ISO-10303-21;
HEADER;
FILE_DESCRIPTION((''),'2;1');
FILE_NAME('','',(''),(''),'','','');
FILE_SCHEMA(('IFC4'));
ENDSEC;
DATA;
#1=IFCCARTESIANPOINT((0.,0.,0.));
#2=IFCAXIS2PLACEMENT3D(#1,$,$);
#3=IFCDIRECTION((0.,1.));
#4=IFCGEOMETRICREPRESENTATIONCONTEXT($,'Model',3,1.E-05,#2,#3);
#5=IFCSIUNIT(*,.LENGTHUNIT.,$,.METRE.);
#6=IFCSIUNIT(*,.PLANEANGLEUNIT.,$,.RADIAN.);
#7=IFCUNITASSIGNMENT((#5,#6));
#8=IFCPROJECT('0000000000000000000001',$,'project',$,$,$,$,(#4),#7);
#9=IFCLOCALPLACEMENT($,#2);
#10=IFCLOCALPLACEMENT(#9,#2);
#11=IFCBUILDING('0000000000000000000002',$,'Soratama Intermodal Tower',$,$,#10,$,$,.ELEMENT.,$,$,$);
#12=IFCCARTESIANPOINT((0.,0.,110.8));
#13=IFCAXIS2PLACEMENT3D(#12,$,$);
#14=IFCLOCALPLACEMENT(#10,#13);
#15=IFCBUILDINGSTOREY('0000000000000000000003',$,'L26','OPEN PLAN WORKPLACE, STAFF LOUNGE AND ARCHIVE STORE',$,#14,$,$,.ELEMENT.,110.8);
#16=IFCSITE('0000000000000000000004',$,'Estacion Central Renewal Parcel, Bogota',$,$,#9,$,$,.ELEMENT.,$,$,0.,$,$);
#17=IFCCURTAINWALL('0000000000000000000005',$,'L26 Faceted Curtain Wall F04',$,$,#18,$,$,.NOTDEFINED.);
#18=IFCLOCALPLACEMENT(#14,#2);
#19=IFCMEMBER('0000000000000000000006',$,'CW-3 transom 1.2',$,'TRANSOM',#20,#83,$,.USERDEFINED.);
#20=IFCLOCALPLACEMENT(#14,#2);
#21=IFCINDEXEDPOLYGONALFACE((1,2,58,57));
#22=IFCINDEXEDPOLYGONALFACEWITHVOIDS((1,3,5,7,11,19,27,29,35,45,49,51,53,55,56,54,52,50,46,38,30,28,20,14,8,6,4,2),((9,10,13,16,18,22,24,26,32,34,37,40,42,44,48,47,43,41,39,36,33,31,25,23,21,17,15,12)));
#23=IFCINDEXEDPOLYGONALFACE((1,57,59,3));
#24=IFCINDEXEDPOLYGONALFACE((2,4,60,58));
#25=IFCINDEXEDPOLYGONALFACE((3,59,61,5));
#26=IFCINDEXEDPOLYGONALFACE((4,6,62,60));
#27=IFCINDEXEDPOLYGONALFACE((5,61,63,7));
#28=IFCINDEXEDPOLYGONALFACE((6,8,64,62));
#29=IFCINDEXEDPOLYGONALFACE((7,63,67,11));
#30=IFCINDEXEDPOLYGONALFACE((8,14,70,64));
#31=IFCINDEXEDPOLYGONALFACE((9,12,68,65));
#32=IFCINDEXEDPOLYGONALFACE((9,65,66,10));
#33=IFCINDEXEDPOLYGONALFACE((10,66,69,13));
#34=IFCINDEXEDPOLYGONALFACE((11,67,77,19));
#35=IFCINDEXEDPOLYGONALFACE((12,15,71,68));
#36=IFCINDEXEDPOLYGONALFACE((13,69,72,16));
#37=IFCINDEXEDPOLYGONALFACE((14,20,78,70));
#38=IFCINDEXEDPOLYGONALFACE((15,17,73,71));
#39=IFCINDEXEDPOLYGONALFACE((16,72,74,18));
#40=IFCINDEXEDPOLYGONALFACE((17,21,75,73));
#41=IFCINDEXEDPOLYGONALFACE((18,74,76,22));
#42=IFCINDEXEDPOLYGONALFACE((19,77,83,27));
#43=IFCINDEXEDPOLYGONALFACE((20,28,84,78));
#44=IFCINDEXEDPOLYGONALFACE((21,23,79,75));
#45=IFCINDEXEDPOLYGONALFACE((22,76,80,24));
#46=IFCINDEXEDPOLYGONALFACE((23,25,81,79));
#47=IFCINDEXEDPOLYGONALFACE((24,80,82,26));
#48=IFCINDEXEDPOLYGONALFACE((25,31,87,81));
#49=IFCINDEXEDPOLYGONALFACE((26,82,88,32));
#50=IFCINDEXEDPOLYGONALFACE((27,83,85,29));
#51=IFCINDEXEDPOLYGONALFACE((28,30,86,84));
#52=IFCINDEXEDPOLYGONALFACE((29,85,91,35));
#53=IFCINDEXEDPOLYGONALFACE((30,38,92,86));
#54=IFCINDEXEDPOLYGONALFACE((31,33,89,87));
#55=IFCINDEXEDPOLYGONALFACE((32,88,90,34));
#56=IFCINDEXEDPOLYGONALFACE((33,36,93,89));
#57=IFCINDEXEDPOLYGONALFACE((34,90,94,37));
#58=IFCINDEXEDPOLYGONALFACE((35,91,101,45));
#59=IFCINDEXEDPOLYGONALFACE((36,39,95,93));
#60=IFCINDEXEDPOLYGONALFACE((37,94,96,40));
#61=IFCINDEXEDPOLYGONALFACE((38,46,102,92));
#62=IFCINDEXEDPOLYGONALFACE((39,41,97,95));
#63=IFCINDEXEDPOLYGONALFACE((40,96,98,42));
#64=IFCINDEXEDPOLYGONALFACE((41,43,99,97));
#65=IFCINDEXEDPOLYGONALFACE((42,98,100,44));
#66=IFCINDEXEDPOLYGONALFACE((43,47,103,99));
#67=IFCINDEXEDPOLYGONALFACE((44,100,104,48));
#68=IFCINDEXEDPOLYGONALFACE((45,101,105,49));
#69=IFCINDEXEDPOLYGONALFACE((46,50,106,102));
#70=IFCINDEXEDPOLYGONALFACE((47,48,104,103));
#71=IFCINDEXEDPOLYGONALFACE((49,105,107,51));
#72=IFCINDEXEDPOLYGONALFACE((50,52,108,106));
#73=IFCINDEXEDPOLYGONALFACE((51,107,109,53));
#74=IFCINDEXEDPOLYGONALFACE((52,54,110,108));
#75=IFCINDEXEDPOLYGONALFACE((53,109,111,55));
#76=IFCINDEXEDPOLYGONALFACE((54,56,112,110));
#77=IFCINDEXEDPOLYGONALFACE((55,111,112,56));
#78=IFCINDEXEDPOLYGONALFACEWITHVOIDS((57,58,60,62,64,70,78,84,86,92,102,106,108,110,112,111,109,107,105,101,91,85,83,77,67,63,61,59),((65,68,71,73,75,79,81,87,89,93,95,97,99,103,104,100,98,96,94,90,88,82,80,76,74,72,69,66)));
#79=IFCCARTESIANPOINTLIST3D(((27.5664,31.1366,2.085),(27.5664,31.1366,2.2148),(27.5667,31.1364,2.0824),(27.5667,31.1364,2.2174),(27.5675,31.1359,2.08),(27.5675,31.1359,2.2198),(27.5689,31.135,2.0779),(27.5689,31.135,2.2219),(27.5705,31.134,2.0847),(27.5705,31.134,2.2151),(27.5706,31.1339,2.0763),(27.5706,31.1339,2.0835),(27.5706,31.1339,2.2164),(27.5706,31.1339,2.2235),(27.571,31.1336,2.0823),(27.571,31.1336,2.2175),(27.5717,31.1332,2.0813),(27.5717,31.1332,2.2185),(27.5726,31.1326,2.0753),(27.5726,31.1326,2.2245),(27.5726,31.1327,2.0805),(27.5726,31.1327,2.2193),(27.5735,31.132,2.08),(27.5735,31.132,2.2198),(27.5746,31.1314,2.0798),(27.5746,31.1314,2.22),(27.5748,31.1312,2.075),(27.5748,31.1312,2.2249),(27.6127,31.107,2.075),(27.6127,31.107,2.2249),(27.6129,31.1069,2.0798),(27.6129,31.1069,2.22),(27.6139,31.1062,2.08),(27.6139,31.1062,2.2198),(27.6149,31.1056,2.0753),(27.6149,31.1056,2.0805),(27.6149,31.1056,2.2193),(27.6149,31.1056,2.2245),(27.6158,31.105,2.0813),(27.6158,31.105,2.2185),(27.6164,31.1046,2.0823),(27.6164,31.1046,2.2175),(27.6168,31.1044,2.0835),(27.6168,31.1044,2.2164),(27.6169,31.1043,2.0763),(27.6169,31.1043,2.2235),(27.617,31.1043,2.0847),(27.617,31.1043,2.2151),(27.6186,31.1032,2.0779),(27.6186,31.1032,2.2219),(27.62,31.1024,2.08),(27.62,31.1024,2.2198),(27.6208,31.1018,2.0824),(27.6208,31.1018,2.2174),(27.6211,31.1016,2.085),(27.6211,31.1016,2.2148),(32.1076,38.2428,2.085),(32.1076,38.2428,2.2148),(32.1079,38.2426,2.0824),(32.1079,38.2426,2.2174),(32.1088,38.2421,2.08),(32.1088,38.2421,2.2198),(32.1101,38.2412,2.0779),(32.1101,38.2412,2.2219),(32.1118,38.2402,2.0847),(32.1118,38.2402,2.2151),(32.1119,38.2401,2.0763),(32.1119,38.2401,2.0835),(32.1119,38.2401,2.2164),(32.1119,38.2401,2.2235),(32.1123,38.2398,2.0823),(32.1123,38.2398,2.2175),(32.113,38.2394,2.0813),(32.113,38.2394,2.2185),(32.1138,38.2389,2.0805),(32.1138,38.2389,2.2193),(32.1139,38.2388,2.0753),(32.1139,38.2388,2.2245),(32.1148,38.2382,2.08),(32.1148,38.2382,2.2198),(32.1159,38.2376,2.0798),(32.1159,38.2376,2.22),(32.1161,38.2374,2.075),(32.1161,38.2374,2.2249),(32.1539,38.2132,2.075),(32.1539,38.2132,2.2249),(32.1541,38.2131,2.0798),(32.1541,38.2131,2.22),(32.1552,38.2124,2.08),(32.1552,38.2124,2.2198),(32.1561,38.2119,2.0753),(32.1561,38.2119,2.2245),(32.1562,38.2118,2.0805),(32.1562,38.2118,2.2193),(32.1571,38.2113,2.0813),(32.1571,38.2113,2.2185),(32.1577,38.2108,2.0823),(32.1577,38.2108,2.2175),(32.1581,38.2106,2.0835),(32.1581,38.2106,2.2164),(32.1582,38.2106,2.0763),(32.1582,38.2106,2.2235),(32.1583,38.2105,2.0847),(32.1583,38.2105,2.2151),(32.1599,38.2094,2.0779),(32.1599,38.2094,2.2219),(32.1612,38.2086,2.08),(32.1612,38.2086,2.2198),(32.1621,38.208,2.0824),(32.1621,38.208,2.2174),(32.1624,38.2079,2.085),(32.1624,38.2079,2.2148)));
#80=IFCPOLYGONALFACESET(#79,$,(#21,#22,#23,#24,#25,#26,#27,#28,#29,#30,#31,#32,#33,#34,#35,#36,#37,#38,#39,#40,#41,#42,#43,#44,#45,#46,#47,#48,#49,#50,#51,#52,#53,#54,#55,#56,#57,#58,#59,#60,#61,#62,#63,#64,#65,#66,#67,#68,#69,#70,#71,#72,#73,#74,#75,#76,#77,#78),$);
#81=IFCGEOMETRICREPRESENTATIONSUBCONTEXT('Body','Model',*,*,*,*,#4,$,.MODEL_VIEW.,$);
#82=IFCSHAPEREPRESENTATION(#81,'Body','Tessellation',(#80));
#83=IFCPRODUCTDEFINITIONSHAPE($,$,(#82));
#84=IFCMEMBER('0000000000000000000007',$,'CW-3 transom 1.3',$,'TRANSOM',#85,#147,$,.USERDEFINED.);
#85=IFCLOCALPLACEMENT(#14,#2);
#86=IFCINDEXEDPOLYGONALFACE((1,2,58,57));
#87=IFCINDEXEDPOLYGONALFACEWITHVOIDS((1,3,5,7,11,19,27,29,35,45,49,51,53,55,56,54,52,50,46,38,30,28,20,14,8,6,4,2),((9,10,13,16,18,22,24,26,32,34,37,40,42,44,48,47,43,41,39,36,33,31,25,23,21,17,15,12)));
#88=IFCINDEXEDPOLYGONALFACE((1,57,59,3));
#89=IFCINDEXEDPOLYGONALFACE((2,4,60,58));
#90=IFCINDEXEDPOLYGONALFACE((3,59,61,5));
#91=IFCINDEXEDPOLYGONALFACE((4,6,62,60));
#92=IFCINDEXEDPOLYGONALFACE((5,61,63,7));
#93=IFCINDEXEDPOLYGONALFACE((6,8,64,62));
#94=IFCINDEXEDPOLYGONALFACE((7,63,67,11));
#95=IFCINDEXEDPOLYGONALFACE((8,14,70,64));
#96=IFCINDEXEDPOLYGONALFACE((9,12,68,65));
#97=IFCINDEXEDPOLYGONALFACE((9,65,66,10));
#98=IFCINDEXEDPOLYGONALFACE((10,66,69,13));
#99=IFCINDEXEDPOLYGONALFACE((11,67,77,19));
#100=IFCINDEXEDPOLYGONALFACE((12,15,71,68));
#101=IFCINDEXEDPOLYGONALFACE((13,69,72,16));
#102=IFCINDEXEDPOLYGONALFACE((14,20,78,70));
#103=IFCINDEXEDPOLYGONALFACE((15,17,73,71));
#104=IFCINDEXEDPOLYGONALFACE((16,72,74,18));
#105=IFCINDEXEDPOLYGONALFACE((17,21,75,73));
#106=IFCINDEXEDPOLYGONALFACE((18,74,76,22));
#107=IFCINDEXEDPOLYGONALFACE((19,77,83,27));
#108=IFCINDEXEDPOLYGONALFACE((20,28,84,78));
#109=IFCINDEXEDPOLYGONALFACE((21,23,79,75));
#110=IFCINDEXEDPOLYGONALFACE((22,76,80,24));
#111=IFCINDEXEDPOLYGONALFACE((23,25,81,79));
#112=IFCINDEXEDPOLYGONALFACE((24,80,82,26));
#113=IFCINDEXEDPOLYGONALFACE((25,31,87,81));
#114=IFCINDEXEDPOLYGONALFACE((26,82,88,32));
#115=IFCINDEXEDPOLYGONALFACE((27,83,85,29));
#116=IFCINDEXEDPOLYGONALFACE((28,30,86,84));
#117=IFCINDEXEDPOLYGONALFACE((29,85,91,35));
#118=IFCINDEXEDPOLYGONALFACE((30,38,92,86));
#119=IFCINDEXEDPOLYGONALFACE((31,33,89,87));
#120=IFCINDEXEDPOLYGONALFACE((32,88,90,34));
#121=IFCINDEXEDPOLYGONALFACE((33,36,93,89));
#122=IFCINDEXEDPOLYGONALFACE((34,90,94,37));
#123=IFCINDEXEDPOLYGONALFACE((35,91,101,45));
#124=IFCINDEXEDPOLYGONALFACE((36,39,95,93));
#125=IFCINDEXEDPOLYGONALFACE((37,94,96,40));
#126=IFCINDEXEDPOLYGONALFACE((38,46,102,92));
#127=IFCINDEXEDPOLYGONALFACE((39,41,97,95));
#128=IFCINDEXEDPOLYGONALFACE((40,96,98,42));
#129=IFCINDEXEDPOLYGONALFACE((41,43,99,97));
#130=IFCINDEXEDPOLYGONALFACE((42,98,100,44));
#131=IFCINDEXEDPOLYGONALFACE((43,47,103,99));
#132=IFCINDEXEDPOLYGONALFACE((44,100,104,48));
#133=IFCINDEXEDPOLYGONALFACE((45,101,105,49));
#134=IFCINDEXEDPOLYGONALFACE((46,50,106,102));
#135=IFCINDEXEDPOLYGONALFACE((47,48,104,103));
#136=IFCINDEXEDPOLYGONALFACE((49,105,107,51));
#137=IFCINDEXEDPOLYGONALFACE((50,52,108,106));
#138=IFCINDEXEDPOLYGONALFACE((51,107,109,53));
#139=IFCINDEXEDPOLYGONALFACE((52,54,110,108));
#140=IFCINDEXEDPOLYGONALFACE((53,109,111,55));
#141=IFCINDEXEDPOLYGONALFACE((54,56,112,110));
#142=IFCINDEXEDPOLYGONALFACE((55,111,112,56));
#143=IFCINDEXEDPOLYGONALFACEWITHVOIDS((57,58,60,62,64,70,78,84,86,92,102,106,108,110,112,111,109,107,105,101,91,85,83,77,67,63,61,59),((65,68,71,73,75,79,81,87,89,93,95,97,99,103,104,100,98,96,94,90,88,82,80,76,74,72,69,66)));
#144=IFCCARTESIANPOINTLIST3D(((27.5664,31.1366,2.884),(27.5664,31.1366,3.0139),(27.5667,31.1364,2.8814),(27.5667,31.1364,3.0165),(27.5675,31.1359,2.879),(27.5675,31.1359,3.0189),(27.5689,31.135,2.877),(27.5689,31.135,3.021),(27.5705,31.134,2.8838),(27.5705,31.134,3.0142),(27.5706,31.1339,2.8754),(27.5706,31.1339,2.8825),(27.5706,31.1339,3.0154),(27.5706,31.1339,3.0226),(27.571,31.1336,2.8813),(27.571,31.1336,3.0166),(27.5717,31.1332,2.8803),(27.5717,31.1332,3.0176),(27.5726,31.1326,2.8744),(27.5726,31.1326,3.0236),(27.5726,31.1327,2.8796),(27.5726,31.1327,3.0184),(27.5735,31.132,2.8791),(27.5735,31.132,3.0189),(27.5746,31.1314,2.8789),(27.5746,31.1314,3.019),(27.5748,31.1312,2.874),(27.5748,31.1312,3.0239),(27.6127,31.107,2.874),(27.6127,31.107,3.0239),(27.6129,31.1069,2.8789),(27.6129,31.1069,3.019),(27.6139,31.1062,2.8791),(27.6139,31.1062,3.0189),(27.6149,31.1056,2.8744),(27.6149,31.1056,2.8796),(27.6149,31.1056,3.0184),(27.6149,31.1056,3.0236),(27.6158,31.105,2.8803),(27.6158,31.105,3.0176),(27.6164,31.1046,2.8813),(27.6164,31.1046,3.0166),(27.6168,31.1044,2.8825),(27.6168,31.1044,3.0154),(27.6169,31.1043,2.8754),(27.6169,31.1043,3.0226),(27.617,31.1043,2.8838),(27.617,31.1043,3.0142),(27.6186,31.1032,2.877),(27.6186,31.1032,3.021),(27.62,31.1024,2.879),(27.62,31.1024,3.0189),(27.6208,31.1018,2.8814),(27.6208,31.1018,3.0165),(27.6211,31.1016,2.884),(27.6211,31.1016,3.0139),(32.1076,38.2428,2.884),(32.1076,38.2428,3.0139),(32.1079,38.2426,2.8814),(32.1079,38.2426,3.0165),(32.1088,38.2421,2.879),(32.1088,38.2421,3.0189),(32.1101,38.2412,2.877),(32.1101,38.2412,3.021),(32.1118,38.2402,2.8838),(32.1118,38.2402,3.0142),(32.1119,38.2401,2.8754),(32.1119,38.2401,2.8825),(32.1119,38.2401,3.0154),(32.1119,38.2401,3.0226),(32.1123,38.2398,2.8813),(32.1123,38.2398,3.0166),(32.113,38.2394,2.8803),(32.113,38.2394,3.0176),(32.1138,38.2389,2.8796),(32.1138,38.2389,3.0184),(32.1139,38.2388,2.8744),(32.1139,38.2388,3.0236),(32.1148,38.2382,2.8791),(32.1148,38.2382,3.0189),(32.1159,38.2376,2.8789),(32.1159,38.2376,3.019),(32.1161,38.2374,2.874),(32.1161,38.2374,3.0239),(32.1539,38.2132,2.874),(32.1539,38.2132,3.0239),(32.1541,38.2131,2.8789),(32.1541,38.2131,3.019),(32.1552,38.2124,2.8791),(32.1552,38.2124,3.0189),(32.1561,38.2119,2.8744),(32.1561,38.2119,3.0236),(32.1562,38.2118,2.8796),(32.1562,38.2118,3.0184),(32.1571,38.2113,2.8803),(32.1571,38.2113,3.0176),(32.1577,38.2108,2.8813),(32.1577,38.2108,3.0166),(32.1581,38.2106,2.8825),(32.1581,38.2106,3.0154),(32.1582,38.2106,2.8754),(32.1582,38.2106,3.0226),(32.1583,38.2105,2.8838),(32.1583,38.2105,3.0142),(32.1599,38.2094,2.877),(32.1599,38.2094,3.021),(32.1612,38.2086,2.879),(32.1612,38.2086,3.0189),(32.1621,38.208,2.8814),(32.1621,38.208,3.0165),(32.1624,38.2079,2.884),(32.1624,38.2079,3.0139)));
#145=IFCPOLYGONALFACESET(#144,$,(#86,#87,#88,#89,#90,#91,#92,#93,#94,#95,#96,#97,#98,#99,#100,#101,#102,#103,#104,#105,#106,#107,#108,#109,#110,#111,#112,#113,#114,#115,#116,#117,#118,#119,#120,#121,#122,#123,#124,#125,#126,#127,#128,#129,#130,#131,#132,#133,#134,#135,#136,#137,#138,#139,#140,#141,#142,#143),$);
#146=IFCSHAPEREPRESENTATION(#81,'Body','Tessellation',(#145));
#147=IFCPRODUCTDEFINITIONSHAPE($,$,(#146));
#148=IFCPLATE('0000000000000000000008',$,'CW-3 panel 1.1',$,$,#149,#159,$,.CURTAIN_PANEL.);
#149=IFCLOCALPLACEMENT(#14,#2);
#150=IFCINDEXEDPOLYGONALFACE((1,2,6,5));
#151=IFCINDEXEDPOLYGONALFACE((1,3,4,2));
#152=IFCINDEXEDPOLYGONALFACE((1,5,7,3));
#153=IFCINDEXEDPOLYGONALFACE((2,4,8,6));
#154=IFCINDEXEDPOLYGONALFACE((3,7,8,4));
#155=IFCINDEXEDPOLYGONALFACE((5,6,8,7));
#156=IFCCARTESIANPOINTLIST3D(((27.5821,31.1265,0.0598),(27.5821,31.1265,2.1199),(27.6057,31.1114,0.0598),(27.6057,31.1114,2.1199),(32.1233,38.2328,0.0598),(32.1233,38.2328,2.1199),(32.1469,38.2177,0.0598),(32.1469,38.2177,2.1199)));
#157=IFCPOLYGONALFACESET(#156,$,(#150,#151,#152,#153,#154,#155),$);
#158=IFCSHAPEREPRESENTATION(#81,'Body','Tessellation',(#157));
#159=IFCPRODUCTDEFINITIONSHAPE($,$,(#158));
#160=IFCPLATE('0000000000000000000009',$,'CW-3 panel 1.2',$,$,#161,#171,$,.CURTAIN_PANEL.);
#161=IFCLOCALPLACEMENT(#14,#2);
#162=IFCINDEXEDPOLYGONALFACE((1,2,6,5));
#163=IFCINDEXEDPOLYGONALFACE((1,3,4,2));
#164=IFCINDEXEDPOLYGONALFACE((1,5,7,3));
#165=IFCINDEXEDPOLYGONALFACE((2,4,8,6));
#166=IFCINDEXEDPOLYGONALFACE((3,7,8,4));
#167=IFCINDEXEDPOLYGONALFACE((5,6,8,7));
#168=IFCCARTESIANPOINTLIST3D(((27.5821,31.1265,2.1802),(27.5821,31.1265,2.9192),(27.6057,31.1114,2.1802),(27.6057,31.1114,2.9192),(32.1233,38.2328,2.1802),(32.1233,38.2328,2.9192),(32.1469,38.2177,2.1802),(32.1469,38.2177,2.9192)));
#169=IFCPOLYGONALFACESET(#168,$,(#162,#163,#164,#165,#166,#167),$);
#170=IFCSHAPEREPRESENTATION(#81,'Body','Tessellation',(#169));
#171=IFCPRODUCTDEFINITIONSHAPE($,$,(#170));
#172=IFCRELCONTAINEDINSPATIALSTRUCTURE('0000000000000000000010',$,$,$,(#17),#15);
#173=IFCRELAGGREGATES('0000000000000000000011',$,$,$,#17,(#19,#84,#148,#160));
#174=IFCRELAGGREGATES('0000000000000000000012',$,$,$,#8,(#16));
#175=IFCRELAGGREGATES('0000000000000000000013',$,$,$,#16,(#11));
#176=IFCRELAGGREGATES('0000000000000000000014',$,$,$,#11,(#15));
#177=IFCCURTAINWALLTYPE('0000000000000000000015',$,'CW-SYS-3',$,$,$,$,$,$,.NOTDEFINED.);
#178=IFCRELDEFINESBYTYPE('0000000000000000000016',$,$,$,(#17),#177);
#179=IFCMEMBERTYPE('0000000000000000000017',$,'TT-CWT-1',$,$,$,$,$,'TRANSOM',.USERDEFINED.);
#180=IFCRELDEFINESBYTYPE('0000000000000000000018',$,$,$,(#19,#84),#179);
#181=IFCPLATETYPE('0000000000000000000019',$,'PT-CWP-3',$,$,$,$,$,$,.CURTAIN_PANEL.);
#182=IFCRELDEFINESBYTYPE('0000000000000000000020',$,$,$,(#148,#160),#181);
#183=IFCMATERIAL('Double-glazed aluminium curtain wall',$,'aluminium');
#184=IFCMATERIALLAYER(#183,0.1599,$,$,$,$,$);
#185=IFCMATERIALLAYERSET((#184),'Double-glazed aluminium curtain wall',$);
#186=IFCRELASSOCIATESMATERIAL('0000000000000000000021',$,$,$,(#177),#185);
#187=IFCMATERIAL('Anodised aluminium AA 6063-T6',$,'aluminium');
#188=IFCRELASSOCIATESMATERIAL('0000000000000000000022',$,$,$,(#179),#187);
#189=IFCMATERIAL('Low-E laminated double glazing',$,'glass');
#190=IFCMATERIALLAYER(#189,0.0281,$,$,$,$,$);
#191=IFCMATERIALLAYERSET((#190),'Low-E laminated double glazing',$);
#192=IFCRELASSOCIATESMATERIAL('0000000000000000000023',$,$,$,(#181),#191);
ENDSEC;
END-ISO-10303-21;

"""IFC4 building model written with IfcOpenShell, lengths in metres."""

from ifc_helpers import new_model, si_unit, direction, frame, origin, origin_2d, place, context, subcontext, project, spatial, rectangle, hollow_rectangle, extrude, material, layer, layer_set, material_profile, profile_set, type_object, element, aggregate, save


model = new_model("IFC4")

# Units and contexts
model_context = context("Model", 3, precision=1e-05, world=origin(), true_north=direction((0.0, 1.0)))
body_context = subcontext(model_context, "Body", "Model", "MODEL_VIEW")
ifc_project = project(units=[si_unit("LENGTHUNIT", "METRE"), si_unit("PLANEANGLEUNIT", "RADIAN")], contexts=[model_context])

# Site, building, storey
site_placement = place(None, origin())
site = spatial("IfcSite", under=ifc_project, at=site_placement, Name="Estacion Central Renewal Parcel, Bogota", CompositionType="ELEMENT", RefElevation=0.0)
building_placement = place(site_placement, origin())
building = spatial("IfcBuilding", under=site, at=building_placement, Name="Soratama Intermodal Tower", CompositionType="ELEMENT")
storey_placement = place(building_placement, frame((0.0, 0.0, 110.8)))
storey = spatial("IfcBuildingStorey", under=building, at=storey_placement, Name="L26", Description="OPEN PLAN WORKPLACE, STAFF LOUNGE AND ARCHIVE STORE", CompositionType="ELEMENT", Elevation=110.8)

# Curtain wall, members, plates
ifc_material_1 = material(Name="Double-glazed aluminium curtain wall", Category="aluminium")
ifc_layer_1 = layer(ifc_material_1, 0.1599)
ifc_layer_set_1 = layer_set([ifc_layer_1], Name="Double-glazed aluminium curtain wall")
curtain_wall_type = type_object("IfcCurtainWallType", Name="CW-SYS-3", PredefinedType="NOTDEFINED", material=ifc_layer_set_1)
curtain_wall_placement = place(storey_placement, origin())
curtain_wall = element("IfcCurtainWall", 1, at=curtain_wall_placement, inside=storey, type_object=curtain_wall_type, Name="L26 Faceted Curtain Wall F04", PredefinedType="NOTDEFINED")
ifc_material_2 = material(Name="Anodised aluminium AA 6063-T6", Category="aluminium")
ifc_material_profile_1 = material_profile(ifc_material_2, hollow_rectangle(XDim=0.0649, YDim=0.1499, WallThickness=0.0049, InnerFilletRadius=0.0049, OuterFilletRadius=0.01, at=origin_2d()), Name="CWT150X65X5")
ifc_profile_set_1 = profile_set([ifc_material_profile_1], Name="Anodised aluminium AA 6063-T6")
member_type_1 = type_object("IfcMemberType", Name="TT-CWT-1", ElementType="TRANSOM", PredefinedType="USERDEFINED", material=ifc_profile_set_1)
member_1_placement = place(storey_placement, frame((32.135, 38.2253, 2.1499), z_axis=(-0.538489, -0.842632, 0.0), x_axis=(0.842632, -0.538489, 0.0)))
member_1 = element("IfcMember", 2, at=member_1_placement, type_object=member_type_1, Name="CW-3 transom 1.2", ObjectType="TRANSOM", PredefinedType="USERDEFINED", context=body_context, shape_type="SweptSolid", body=[
    extrude(hollow_rectangle(XDim=0.0649, YDim=0.1499, WallThickness=0.0049, InnerFilletRadius=0.0049, OuterFilletRadius=0.01, at=origin_2d()), origin(), (0.0, 0.0, 1.0), 8.4333),
])
member_2_placement = place(storey_placement, frame((32.135, 38.2253, 2.949), z_axis=(-0.538489, -0.842632, 0.0), x_axis=(0.842632, -0.538489, 0.0)))
member_2 = element("IfcMember", 3, at=member_2_placement, type_object=member_type_1, Name="CW-3 transom 1.3", ObjectType="TRANSOM", PredefinedType="USERDEFINED", context=body_context, shape_type="SweptSolid", body=[
    extrude(hollow_rectangle(XDim=0.0649, YDim=0.1499, WallThickness=0.0049, InnerFilletRadius=0.0049, OuterFilletRadius=0.01, at=origin_2d()), origin(), (0.0, 0.0, 1.0), 8.4333),
])
ifc_material_3 = material(Name="Low-E laminated double glazing", Category="glass")
ifc_layer_2 = layer(ifc_material_3, 0.0281)
ifc_layer_set_2 = layer_set([ifc_layer_2], Name="Low-E laminated double glazing")
plate_type = type_object("IfcPlateType", Name="PT-CWP-3", PredefinedType="CURTAIN_PANEL", material=ifc_layer_set_2)
plate_1_placement = place(storey_placement, frame((29.8645, 34.6721, 0.0598), z_axis=(0.0, 0.0, 1.0), x_axis=(-0.538478, -0.842639, 0.0)))
plate_1 = element("IfcPlate", 4, at=plate_1_placement, type_object=plate_type, Name="CW-3 panel 1.1", PredefinedType="CURTAIN_PANEL", context=body_context, shape_type="SweptSolid", body=[
    extrude(rectangle(XDim=8.4333, YDim=0.0281, at=origin_2d()), origin(), (0.0, 0.0, 1.0), 2.0601),
])
plate_2_placement = place(storey_placement, frame((29.8645, 34.6721, 2.1802), z_axis=(0.0, 0.0, 1.0), x_axis=(-0.538478, -0.842639, 0.0)))
plate_2 = element("IfcPlate", 5, at=plate_2_placement, type_object=plate_type, Name="CW-3 panel 1.2", PredefinedType="CURTAIN_PANEL", context=body_context, shape_type="SweptSolid", body=[
    extrude(rectangle(XDim=8.4333, YDim=0.0281, at=origin_2d()), origin(), (0.0, 0.0, 1.0), 0.739),
])
aggregate(curtain_wall, [member_1, member_2, plate_1, plate_2])

save(model, "model.ifc")
